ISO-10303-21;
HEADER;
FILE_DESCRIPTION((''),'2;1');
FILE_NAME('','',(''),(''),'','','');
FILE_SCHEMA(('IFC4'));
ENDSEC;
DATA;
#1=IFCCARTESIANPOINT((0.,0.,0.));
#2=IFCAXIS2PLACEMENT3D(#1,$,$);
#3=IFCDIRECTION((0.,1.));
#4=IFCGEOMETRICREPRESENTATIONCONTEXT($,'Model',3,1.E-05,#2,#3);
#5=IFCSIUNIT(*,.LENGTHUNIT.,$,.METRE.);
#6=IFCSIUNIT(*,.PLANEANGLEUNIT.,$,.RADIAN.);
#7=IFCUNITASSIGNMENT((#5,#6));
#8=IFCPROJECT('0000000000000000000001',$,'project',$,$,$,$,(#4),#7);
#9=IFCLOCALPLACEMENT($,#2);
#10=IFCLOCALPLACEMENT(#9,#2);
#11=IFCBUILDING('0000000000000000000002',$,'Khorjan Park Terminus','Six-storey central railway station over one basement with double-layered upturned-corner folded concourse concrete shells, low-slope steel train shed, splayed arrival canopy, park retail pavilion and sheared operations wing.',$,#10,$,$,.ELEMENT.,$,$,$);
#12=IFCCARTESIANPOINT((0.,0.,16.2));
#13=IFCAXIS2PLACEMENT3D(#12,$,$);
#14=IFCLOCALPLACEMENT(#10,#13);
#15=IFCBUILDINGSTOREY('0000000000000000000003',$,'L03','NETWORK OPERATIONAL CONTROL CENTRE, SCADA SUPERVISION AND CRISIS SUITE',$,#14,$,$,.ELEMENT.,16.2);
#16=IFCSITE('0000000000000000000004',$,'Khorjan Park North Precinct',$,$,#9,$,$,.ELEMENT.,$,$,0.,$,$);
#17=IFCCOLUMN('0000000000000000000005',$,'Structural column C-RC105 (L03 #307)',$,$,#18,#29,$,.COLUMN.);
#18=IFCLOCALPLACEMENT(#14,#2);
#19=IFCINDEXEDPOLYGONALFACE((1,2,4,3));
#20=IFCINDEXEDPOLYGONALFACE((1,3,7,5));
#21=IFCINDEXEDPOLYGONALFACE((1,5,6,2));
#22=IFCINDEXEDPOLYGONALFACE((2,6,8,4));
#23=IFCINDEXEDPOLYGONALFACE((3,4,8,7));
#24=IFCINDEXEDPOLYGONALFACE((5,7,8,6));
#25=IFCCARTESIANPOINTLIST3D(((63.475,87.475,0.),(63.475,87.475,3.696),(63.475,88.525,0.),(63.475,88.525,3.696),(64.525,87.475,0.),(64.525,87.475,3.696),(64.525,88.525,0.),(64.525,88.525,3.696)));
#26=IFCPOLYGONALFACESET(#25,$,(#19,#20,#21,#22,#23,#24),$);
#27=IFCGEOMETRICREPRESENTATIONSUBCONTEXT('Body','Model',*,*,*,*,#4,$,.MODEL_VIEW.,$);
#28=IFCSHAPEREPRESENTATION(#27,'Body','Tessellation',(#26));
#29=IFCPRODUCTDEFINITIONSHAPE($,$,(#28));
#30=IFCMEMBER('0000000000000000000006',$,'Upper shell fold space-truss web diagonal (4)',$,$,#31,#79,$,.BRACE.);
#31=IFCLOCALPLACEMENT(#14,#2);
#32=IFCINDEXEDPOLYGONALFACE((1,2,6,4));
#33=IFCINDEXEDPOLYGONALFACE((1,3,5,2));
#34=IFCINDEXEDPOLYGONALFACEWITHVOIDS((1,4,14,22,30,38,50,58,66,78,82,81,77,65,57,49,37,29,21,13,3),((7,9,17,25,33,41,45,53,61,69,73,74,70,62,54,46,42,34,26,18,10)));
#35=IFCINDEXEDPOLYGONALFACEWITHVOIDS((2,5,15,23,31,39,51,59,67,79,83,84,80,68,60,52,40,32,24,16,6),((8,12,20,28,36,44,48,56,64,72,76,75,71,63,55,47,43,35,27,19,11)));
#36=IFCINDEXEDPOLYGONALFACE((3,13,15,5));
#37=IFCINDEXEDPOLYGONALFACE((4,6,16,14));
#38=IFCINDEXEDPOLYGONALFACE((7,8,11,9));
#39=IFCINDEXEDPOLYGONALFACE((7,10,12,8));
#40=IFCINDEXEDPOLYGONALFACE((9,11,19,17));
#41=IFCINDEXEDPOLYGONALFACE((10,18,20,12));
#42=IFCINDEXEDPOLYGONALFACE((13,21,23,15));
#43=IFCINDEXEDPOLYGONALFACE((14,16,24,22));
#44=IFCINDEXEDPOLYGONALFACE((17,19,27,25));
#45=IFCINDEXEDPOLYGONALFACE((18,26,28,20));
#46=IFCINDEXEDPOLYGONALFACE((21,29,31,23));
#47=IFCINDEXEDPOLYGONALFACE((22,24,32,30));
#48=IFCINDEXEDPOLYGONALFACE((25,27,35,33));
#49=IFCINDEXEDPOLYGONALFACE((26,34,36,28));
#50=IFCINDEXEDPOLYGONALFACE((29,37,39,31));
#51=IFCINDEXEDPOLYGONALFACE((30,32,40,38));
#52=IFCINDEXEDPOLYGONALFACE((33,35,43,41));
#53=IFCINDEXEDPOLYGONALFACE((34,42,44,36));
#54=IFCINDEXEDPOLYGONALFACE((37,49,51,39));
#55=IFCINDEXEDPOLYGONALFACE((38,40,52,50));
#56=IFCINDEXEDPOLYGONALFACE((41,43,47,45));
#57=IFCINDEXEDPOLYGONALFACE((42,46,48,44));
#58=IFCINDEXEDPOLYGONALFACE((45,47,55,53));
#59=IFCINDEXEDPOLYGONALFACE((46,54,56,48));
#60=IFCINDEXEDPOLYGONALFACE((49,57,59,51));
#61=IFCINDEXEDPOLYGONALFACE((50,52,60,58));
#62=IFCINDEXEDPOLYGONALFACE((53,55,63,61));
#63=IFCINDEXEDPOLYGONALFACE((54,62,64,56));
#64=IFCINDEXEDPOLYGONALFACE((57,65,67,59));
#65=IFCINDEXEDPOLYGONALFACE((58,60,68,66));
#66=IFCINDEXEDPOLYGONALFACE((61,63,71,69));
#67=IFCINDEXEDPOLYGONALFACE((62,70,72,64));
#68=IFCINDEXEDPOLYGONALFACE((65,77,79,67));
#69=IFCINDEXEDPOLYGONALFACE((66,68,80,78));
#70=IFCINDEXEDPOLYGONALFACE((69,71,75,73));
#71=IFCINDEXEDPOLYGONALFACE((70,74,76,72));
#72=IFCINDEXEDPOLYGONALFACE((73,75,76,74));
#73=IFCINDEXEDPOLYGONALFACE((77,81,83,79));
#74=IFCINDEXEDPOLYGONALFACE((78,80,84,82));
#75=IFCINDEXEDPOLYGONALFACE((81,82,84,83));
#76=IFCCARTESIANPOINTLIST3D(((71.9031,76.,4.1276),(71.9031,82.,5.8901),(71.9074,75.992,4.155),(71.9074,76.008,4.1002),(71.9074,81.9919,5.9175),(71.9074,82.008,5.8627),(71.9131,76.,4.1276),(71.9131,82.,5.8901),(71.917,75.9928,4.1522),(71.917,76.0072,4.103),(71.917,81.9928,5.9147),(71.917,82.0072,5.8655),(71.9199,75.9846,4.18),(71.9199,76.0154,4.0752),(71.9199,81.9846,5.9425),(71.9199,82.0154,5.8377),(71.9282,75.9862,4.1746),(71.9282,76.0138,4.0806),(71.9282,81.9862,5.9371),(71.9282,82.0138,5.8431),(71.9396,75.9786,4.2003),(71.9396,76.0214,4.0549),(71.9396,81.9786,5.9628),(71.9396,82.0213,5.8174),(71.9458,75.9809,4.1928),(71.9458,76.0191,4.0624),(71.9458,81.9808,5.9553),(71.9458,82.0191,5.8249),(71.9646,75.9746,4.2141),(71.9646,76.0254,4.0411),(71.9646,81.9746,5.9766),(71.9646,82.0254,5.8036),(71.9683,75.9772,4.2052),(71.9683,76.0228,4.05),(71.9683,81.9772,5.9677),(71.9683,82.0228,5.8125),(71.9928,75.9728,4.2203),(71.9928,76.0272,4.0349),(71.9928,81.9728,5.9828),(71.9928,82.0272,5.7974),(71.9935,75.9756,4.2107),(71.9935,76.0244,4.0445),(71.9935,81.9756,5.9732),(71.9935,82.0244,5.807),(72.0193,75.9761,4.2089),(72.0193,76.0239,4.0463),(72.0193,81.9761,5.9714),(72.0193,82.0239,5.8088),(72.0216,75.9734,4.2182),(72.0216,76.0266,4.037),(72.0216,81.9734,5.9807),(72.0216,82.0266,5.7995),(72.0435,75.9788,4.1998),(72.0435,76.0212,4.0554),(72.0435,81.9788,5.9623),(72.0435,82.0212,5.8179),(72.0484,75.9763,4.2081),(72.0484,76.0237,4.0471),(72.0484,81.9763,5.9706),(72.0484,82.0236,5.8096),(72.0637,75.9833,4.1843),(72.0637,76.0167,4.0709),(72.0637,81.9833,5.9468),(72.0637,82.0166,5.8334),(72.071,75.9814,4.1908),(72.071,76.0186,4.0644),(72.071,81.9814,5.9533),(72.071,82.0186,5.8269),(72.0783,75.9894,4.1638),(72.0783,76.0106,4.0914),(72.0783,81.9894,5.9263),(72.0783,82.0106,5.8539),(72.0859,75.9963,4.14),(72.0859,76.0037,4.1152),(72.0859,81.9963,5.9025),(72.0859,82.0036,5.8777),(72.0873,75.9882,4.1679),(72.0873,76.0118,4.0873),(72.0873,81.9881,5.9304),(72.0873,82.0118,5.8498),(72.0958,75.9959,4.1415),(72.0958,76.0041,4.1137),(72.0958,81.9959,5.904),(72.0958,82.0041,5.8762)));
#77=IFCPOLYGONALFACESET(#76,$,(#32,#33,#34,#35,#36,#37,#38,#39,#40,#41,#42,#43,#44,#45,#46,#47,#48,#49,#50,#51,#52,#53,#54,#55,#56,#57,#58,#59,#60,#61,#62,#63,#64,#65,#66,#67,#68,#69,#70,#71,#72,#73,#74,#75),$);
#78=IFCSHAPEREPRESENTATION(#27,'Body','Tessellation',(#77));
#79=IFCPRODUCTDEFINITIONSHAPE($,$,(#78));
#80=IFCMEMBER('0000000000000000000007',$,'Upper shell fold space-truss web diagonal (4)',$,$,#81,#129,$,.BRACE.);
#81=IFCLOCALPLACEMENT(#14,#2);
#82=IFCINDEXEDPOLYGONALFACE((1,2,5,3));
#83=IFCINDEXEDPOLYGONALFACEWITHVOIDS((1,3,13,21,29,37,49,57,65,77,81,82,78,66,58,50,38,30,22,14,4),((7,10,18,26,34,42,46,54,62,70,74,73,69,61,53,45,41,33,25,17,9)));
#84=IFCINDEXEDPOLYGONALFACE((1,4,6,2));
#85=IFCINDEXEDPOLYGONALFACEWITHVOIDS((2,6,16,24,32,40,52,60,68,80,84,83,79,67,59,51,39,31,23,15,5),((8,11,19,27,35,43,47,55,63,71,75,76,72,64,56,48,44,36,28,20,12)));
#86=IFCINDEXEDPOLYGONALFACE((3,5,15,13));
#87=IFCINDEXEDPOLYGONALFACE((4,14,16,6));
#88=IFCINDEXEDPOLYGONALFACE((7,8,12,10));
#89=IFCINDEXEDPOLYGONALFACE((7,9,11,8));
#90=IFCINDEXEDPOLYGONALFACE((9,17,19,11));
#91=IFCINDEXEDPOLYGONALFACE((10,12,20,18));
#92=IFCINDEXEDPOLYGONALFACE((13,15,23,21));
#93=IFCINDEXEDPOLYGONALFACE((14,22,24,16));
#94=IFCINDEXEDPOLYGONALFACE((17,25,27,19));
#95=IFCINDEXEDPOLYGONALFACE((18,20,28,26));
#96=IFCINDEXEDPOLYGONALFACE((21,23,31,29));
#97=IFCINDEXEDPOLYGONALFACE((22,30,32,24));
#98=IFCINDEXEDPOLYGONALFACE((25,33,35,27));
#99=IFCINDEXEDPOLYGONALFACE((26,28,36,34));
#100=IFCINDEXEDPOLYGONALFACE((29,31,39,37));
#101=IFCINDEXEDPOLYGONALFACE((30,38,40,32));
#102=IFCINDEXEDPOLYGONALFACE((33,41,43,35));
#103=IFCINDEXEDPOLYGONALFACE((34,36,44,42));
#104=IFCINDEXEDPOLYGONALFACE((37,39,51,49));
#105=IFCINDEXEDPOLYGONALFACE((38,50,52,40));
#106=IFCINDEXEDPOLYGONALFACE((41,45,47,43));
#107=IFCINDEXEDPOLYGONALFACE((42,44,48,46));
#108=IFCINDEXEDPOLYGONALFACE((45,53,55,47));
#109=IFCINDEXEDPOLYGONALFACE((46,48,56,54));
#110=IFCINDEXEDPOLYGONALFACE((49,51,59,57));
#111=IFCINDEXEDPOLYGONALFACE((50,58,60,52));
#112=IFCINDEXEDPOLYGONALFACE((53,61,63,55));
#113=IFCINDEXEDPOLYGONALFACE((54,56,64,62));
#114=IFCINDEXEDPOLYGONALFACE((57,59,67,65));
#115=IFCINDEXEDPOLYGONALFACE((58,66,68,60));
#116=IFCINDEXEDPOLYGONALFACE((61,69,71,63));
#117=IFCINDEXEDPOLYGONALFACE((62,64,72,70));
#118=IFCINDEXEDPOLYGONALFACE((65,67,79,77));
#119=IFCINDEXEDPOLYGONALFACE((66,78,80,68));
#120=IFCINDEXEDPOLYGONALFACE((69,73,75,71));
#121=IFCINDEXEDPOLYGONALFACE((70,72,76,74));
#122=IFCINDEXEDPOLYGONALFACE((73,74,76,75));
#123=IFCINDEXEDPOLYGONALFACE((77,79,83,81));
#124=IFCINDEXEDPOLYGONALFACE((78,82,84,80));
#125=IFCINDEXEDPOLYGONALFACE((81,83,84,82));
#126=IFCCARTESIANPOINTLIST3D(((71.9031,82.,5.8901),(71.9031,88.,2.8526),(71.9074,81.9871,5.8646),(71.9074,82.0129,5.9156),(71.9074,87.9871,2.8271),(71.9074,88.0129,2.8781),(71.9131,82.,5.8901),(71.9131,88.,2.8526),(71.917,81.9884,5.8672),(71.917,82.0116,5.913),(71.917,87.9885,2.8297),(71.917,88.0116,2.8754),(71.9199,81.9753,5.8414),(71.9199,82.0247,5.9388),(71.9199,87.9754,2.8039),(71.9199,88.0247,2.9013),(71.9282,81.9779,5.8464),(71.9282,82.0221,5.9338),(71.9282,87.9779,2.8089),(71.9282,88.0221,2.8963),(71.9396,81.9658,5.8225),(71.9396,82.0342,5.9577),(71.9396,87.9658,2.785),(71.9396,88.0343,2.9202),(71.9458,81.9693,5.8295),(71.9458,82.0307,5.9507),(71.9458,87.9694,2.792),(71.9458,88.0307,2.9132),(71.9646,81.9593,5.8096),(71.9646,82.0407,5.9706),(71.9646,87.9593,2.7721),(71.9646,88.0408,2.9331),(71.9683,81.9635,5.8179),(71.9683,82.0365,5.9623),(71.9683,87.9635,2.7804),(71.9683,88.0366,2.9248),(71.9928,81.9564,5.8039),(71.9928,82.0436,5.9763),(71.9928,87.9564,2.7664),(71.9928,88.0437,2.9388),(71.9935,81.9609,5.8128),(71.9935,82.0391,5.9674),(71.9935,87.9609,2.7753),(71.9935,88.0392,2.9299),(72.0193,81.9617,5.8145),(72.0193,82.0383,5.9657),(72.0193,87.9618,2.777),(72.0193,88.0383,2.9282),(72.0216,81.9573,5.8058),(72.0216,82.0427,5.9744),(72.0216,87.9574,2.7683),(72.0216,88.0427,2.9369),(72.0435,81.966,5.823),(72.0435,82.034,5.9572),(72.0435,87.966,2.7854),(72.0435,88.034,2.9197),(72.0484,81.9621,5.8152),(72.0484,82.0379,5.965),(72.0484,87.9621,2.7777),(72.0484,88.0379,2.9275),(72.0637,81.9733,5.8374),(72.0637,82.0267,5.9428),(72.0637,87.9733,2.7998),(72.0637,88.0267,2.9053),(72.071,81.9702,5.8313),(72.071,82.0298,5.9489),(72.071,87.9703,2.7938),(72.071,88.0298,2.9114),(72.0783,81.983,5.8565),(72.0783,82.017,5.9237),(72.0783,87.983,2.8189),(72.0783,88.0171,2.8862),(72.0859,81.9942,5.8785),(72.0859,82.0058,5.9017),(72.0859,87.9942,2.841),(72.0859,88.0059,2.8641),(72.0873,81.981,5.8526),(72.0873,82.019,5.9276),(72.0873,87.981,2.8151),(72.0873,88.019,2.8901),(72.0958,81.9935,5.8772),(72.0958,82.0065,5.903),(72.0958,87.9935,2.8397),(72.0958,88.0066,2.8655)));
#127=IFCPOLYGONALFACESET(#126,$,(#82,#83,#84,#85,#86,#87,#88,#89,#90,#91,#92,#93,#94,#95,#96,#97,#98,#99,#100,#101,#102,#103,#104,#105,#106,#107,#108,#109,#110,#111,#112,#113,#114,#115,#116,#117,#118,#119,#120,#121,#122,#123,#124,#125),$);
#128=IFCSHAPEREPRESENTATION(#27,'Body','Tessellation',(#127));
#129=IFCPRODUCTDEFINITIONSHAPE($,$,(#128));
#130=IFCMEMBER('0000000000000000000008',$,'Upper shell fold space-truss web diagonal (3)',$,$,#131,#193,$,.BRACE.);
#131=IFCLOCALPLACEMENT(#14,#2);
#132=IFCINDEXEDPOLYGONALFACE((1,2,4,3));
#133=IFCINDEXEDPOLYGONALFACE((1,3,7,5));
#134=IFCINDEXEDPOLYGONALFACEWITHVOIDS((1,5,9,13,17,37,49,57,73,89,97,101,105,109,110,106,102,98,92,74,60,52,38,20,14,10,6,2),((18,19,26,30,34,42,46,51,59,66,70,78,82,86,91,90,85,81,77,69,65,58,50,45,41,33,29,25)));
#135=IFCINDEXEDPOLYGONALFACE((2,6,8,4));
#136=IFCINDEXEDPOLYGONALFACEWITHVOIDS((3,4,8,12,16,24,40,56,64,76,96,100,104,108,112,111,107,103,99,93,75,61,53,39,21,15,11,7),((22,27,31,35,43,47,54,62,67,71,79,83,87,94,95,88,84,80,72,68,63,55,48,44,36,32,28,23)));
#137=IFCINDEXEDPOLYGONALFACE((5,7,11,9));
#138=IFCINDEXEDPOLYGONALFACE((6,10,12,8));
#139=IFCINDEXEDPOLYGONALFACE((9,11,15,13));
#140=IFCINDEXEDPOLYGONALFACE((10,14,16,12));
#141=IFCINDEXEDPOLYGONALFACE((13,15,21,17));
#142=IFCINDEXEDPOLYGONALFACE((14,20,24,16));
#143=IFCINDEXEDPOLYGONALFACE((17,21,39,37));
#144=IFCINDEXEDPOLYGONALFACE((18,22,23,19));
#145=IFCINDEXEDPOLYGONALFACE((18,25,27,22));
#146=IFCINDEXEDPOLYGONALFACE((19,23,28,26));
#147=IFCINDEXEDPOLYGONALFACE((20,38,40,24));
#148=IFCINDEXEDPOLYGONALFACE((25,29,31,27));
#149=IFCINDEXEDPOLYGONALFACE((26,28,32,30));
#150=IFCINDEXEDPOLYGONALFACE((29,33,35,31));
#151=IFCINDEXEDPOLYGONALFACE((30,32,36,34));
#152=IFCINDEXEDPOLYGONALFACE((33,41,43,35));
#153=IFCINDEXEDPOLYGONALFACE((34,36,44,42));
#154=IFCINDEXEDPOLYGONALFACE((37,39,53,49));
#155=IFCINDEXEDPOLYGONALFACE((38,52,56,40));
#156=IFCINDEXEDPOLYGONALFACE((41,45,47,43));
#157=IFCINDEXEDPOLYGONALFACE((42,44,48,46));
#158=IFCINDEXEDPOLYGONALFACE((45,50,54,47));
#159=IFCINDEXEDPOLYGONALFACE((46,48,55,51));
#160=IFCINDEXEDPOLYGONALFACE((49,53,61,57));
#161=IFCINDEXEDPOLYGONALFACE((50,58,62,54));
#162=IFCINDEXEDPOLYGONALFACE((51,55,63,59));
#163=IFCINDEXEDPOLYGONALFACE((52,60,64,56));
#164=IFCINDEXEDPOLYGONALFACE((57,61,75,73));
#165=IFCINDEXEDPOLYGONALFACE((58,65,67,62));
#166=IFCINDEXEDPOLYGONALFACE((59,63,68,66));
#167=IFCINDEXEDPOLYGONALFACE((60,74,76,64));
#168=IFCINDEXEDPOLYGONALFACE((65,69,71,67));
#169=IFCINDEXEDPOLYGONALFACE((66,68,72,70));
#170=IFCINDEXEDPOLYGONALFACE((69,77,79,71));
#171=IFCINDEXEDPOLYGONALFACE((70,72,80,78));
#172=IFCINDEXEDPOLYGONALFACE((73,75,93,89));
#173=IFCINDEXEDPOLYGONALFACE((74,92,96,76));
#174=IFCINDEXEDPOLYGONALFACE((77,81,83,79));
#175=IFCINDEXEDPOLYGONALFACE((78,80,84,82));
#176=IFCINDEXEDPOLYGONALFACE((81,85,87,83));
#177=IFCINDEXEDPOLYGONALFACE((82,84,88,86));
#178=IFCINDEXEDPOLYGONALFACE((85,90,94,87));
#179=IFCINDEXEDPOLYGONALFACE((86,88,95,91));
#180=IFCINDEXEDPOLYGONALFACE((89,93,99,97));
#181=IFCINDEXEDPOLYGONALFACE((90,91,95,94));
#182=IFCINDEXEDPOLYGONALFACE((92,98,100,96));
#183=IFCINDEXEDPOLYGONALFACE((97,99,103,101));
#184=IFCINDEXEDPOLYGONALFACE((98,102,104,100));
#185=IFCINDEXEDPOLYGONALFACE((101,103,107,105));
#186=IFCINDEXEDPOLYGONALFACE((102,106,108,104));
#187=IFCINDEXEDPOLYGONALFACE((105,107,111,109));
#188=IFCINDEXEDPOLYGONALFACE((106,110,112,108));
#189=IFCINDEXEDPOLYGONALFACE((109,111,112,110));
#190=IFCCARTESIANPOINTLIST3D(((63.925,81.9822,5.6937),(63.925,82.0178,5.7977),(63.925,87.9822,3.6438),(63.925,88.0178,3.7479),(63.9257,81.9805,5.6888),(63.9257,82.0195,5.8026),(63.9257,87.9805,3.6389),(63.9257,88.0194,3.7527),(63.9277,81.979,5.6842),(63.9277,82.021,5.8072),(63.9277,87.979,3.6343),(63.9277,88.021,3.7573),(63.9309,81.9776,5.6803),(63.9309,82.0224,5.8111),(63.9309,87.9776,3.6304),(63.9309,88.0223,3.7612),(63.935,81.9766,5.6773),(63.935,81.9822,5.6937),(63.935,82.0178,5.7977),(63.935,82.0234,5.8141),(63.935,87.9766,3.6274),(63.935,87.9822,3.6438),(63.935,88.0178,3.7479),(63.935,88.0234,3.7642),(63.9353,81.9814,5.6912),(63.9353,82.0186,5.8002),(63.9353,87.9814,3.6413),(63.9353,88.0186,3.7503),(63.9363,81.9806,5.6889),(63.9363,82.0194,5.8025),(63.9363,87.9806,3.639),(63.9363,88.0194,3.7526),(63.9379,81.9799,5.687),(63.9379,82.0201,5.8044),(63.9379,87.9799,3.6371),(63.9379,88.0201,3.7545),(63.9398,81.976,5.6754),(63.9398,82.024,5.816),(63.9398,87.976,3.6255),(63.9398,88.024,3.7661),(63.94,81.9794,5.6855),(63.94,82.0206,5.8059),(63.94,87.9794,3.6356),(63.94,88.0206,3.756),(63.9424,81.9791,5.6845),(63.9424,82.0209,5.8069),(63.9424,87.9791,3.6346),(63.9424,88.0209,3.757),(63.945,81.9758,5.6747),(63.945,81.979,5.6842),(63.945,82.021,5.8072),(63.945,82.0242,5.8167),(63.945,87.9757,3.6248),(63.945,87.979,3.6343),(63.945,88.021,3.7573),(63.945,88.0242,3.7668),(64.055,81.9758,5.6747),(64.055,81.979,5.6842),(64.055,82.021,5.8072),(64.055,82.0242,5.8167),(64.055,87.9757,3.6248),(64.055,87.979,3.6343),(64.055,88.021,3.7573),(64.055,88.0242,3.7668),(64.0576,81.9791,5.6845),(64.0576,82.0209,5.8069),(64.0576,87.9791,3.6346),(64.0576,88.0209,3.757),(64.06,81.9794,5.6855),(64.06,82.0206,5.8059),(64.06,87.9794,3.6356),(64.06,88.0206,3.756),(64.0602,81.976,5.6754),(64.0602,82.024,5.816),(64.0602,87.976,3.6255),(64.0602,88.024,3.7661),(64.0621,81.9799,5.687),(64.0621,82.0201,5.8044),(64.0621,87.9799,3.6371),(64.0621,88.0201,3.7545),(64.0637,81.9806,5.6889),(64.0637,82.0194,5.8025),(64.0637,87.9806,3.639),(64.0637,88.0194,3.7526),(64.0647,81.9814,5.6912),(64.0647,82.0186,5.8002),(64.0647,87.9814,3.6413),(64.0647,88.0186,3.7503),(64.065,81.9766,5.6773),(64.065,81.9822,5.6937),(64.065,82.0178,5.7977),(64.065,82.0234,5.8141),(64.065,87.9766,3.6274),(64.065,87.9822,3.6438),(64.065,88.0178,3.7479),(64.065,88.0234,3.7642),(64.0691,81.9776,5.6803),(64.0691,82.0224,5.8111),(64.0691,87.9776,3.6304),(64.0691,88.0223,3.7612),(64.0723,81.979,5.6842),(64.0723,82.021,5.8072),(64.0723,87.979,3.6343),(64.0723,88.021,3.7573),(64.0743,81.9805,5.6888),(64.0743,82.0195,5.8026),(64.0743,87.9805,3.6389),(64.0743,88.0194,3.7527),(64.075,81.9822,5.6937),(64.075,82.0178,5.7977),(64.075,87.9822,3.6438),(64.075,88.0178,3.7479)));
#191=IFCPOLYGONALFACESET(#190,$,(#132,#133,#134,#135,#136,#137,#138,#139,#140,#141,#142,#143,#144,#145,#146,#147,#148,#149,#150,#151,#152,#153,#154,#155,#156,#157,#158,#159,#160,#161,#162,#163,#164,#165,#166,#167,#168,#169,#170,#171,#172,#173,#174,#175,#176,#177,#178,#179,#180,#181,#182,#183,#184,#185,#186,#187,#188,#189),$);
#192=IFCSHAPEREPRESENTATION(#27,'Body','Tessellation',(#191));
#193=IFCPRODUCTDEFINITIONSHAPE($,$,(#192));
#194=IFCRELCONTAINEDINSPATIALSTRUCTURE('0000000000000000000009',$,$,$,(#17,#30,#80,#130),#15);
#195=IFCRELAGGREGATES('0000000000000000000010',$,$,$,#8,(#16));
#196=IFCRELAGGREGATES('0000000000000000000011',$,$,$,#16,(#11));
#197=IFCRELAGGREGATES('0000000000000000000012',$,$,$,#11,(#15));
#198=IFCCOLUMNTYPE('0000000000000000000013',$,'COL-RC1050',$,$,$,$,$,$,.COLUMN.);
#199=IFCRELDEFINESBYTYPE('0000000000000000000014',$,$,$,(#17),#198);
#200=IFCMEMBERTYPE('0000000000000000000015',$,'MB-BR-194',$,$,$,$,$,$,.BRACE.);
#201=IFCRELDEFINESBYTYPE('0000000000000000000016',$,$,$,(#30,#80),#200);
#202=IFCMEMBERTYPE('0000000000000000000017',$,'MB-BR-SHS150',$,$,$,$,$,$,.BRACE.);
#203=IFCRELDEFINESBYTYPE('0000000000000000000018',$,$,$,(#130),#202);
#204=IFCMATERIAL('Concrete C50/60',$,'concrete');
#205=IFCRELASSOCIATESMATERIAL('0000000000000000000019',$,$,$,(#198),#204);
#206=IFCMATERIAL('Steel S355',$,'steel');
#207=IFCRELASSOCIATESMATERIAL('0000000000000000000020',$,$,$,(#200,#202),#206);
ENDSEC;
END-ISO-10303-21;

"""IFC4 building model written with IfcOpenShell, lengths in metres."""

from ifc_helpers import new_model, si_unit, direction, frame, origin, origin_2d, place, context, subcontext, project, spatial, rectangle, hollow_rectangle, hollow_circle, extrude, material, material_profile, profile_set, type_object, element, save


model = new_model("IFC4")

# Units and contexts
model_context = context("Model", 3, precision=1e-05, world=origin(), true_north=direction((0.0, 1.0)))
body_context = subcontext(model_context, "Body", "Model", "MODEL_VIEW")
ifc_project = project(units=[si_unit("LENGTHUNIT", "METRE"), si_unit("PLANEANGLEUNIT", "RADIAN")], contexts=[model_context])

# Site, building, storey
site_placement = place(None, origin())
site = spatial("IfcSite", under=ifc_project, at=site_placement, Name="Khorjan Park North Precinct", CompositionType="ELEMENT", RefElevation=0.0)
building_placement = place(site_placement, origin())
building = spatial("IfcBuilding", under=site, at=building_placement, Name="Khorjan Park Terminus", Description="Six-storey central railway station over one basement with double-layered upturned-corner folded concourse concrete shells, low-slope steel train shed, splayed arrival canopy, park retail pavilion and sheared operations wing.", CompositionType="ELEMENT")
storey_placement = place(building_placement, frame((0.0, 0.0, 16.2)))
storey = spatial("IfcBuildingStorey", under=building, at=storey_placement, Name="L03", Description="NETWORK OPERATIONAL CONTROL CENTRE, SCADA SUPERVISION AND CRISIS SUITE", CompositionType="ELEMENT", Elevation=16.2)

# Column
ifc_material_1 = material(Name="Concrete C50/60", Category="concrete")
ifc_material_profile_1 = material_profile(ifc_material_1, rectangle(XDim=1.05, YDim=1.05, at=origin_2d()), Name="RC 1050x1050")
ifc_profile_set_1 = profile_set([ifc_material_profile_1], Name="Concrete C50/60")
column_type = type_object("IfcColumnType", Name="COL-RC1050", PredefinedType="COLUMN", material=ifc_profile_set_1)
column_placement = place(storey_placement, frame((64.0, 88.0, 0.0), z_axis=(0.0, 0.0, 1.0), x_axis=(1.0, 0.0, 0.0)))
element("IfcColumn", 1, at=column_placement, inside=storey, type_object=column_type, Name="Structural column C-RC105 (L03 #307)", PredefinedType="COLUMN", context=body_context, shape_type="SweptSolid", body=[
    extrude(rectangle(XDim=1.05, YDim=1.05, at=origin_2d()), origin(), (0.0, 0.0, 1.0), 3.696),
])

# Members
ifc_material_2 = material(Name="Steel S355", Category="steel")
ifc_material_profile_2 = material_profile(ifc_material_2, hollow_circle(Radius=0.0969, WallThickness=0.01, at=origin_2d()), Name="CHS 193.7x10")
ifc_profile_set_2 = profile_set([ifc_material_profile_2], Name="Steel S355")
member_type_1 = type_object("IfcMemberType", Name="MB-BR-194", PredefinedType="BRACE", material=ifc_profile_set_2)
member_1_placement = place(storey_placement, frame((72.0, 76.0, 4.1276), z_axis=(0.0, 0.959461, 0.281842), x_axis=(-1.0, 0.0, 0.0)))
element("IfcMember", 2, at=member_1_placement, inside=storey, type_object=member_type_1, Name="Upper shell fold space-truss web diagonal (4)", PredefinedType="BRACE", context=body_context, shape_type="SweptSolid", body=[
    extrude(hollow_circle(Radius=0.0969, WallThickness=0.01, at=origin_2d()), origin(), (0.0, 0.0, 1.0), 6.2535),
])
member_2_placement = place(storey_placement, frame((72.0, 82.0, 5.8901), z_axis=(0.0, 0.892186, -0.451669), x_axis=(-1.0, 0.0, 0.0)))
element("IfcMember", 3, at=member_2_placement, inside=storey, type_object=member_type_1, Name="Upper shell fold space-truss web diagonal (4)", PredefinedType="BRACE", context=body_context, shape_type="SweptSolid", body=[
    extrude(hollow_circle(Radius=0.0969, WallThickness=0.01, at=origin_2d()), origin(), (0.0, 0.0, 1.0), 6.7251),
])
ifc_material_profile_3 = material_profile(ifc_material_2, hollow_rectangle(XDim=0.15, YDim=0.15, WallThickness=0.01, InnerFilletRadius=0.01, OuterFilletRadius=0.02, at=origin_2d()), Name="SHS 150x150x10")
ifc_profile_set_3 = profile_set([ifc_material_profile_3], Name="Steel S355")
member_type_2 = type_object("IfcMemberType", Name="MB-BR-SHS150", PredefinedType="BRACE", material=ifc_profile_set_3)
member_3_placement = place(storey_placement, frame((64.0, 82.0, 5.7457), z_axis=(0.0, 0.946296, -0.323302), x_axis=(-1.0, 0.0, 0.0)))
element("IfcMember", 4, at=member_3_placement, inside=storey, type_object=member_type_2, Name="Upper shell fold space-truss web diagonal (3)", PredefinedType="BRACE", context=body_context, shape_type="SweptSolid", body=[
    extrude(hollow_rectangle(XDim=0.15, YDim=0.15, WallThickness=0.01, InnerFilletRadius=0.01, OuterFilletRadius=0.02, at=origin_2d()), origin(), (0.0, 0.0, 1.0), 6.3405),
])

save(model, "model.ifc")
